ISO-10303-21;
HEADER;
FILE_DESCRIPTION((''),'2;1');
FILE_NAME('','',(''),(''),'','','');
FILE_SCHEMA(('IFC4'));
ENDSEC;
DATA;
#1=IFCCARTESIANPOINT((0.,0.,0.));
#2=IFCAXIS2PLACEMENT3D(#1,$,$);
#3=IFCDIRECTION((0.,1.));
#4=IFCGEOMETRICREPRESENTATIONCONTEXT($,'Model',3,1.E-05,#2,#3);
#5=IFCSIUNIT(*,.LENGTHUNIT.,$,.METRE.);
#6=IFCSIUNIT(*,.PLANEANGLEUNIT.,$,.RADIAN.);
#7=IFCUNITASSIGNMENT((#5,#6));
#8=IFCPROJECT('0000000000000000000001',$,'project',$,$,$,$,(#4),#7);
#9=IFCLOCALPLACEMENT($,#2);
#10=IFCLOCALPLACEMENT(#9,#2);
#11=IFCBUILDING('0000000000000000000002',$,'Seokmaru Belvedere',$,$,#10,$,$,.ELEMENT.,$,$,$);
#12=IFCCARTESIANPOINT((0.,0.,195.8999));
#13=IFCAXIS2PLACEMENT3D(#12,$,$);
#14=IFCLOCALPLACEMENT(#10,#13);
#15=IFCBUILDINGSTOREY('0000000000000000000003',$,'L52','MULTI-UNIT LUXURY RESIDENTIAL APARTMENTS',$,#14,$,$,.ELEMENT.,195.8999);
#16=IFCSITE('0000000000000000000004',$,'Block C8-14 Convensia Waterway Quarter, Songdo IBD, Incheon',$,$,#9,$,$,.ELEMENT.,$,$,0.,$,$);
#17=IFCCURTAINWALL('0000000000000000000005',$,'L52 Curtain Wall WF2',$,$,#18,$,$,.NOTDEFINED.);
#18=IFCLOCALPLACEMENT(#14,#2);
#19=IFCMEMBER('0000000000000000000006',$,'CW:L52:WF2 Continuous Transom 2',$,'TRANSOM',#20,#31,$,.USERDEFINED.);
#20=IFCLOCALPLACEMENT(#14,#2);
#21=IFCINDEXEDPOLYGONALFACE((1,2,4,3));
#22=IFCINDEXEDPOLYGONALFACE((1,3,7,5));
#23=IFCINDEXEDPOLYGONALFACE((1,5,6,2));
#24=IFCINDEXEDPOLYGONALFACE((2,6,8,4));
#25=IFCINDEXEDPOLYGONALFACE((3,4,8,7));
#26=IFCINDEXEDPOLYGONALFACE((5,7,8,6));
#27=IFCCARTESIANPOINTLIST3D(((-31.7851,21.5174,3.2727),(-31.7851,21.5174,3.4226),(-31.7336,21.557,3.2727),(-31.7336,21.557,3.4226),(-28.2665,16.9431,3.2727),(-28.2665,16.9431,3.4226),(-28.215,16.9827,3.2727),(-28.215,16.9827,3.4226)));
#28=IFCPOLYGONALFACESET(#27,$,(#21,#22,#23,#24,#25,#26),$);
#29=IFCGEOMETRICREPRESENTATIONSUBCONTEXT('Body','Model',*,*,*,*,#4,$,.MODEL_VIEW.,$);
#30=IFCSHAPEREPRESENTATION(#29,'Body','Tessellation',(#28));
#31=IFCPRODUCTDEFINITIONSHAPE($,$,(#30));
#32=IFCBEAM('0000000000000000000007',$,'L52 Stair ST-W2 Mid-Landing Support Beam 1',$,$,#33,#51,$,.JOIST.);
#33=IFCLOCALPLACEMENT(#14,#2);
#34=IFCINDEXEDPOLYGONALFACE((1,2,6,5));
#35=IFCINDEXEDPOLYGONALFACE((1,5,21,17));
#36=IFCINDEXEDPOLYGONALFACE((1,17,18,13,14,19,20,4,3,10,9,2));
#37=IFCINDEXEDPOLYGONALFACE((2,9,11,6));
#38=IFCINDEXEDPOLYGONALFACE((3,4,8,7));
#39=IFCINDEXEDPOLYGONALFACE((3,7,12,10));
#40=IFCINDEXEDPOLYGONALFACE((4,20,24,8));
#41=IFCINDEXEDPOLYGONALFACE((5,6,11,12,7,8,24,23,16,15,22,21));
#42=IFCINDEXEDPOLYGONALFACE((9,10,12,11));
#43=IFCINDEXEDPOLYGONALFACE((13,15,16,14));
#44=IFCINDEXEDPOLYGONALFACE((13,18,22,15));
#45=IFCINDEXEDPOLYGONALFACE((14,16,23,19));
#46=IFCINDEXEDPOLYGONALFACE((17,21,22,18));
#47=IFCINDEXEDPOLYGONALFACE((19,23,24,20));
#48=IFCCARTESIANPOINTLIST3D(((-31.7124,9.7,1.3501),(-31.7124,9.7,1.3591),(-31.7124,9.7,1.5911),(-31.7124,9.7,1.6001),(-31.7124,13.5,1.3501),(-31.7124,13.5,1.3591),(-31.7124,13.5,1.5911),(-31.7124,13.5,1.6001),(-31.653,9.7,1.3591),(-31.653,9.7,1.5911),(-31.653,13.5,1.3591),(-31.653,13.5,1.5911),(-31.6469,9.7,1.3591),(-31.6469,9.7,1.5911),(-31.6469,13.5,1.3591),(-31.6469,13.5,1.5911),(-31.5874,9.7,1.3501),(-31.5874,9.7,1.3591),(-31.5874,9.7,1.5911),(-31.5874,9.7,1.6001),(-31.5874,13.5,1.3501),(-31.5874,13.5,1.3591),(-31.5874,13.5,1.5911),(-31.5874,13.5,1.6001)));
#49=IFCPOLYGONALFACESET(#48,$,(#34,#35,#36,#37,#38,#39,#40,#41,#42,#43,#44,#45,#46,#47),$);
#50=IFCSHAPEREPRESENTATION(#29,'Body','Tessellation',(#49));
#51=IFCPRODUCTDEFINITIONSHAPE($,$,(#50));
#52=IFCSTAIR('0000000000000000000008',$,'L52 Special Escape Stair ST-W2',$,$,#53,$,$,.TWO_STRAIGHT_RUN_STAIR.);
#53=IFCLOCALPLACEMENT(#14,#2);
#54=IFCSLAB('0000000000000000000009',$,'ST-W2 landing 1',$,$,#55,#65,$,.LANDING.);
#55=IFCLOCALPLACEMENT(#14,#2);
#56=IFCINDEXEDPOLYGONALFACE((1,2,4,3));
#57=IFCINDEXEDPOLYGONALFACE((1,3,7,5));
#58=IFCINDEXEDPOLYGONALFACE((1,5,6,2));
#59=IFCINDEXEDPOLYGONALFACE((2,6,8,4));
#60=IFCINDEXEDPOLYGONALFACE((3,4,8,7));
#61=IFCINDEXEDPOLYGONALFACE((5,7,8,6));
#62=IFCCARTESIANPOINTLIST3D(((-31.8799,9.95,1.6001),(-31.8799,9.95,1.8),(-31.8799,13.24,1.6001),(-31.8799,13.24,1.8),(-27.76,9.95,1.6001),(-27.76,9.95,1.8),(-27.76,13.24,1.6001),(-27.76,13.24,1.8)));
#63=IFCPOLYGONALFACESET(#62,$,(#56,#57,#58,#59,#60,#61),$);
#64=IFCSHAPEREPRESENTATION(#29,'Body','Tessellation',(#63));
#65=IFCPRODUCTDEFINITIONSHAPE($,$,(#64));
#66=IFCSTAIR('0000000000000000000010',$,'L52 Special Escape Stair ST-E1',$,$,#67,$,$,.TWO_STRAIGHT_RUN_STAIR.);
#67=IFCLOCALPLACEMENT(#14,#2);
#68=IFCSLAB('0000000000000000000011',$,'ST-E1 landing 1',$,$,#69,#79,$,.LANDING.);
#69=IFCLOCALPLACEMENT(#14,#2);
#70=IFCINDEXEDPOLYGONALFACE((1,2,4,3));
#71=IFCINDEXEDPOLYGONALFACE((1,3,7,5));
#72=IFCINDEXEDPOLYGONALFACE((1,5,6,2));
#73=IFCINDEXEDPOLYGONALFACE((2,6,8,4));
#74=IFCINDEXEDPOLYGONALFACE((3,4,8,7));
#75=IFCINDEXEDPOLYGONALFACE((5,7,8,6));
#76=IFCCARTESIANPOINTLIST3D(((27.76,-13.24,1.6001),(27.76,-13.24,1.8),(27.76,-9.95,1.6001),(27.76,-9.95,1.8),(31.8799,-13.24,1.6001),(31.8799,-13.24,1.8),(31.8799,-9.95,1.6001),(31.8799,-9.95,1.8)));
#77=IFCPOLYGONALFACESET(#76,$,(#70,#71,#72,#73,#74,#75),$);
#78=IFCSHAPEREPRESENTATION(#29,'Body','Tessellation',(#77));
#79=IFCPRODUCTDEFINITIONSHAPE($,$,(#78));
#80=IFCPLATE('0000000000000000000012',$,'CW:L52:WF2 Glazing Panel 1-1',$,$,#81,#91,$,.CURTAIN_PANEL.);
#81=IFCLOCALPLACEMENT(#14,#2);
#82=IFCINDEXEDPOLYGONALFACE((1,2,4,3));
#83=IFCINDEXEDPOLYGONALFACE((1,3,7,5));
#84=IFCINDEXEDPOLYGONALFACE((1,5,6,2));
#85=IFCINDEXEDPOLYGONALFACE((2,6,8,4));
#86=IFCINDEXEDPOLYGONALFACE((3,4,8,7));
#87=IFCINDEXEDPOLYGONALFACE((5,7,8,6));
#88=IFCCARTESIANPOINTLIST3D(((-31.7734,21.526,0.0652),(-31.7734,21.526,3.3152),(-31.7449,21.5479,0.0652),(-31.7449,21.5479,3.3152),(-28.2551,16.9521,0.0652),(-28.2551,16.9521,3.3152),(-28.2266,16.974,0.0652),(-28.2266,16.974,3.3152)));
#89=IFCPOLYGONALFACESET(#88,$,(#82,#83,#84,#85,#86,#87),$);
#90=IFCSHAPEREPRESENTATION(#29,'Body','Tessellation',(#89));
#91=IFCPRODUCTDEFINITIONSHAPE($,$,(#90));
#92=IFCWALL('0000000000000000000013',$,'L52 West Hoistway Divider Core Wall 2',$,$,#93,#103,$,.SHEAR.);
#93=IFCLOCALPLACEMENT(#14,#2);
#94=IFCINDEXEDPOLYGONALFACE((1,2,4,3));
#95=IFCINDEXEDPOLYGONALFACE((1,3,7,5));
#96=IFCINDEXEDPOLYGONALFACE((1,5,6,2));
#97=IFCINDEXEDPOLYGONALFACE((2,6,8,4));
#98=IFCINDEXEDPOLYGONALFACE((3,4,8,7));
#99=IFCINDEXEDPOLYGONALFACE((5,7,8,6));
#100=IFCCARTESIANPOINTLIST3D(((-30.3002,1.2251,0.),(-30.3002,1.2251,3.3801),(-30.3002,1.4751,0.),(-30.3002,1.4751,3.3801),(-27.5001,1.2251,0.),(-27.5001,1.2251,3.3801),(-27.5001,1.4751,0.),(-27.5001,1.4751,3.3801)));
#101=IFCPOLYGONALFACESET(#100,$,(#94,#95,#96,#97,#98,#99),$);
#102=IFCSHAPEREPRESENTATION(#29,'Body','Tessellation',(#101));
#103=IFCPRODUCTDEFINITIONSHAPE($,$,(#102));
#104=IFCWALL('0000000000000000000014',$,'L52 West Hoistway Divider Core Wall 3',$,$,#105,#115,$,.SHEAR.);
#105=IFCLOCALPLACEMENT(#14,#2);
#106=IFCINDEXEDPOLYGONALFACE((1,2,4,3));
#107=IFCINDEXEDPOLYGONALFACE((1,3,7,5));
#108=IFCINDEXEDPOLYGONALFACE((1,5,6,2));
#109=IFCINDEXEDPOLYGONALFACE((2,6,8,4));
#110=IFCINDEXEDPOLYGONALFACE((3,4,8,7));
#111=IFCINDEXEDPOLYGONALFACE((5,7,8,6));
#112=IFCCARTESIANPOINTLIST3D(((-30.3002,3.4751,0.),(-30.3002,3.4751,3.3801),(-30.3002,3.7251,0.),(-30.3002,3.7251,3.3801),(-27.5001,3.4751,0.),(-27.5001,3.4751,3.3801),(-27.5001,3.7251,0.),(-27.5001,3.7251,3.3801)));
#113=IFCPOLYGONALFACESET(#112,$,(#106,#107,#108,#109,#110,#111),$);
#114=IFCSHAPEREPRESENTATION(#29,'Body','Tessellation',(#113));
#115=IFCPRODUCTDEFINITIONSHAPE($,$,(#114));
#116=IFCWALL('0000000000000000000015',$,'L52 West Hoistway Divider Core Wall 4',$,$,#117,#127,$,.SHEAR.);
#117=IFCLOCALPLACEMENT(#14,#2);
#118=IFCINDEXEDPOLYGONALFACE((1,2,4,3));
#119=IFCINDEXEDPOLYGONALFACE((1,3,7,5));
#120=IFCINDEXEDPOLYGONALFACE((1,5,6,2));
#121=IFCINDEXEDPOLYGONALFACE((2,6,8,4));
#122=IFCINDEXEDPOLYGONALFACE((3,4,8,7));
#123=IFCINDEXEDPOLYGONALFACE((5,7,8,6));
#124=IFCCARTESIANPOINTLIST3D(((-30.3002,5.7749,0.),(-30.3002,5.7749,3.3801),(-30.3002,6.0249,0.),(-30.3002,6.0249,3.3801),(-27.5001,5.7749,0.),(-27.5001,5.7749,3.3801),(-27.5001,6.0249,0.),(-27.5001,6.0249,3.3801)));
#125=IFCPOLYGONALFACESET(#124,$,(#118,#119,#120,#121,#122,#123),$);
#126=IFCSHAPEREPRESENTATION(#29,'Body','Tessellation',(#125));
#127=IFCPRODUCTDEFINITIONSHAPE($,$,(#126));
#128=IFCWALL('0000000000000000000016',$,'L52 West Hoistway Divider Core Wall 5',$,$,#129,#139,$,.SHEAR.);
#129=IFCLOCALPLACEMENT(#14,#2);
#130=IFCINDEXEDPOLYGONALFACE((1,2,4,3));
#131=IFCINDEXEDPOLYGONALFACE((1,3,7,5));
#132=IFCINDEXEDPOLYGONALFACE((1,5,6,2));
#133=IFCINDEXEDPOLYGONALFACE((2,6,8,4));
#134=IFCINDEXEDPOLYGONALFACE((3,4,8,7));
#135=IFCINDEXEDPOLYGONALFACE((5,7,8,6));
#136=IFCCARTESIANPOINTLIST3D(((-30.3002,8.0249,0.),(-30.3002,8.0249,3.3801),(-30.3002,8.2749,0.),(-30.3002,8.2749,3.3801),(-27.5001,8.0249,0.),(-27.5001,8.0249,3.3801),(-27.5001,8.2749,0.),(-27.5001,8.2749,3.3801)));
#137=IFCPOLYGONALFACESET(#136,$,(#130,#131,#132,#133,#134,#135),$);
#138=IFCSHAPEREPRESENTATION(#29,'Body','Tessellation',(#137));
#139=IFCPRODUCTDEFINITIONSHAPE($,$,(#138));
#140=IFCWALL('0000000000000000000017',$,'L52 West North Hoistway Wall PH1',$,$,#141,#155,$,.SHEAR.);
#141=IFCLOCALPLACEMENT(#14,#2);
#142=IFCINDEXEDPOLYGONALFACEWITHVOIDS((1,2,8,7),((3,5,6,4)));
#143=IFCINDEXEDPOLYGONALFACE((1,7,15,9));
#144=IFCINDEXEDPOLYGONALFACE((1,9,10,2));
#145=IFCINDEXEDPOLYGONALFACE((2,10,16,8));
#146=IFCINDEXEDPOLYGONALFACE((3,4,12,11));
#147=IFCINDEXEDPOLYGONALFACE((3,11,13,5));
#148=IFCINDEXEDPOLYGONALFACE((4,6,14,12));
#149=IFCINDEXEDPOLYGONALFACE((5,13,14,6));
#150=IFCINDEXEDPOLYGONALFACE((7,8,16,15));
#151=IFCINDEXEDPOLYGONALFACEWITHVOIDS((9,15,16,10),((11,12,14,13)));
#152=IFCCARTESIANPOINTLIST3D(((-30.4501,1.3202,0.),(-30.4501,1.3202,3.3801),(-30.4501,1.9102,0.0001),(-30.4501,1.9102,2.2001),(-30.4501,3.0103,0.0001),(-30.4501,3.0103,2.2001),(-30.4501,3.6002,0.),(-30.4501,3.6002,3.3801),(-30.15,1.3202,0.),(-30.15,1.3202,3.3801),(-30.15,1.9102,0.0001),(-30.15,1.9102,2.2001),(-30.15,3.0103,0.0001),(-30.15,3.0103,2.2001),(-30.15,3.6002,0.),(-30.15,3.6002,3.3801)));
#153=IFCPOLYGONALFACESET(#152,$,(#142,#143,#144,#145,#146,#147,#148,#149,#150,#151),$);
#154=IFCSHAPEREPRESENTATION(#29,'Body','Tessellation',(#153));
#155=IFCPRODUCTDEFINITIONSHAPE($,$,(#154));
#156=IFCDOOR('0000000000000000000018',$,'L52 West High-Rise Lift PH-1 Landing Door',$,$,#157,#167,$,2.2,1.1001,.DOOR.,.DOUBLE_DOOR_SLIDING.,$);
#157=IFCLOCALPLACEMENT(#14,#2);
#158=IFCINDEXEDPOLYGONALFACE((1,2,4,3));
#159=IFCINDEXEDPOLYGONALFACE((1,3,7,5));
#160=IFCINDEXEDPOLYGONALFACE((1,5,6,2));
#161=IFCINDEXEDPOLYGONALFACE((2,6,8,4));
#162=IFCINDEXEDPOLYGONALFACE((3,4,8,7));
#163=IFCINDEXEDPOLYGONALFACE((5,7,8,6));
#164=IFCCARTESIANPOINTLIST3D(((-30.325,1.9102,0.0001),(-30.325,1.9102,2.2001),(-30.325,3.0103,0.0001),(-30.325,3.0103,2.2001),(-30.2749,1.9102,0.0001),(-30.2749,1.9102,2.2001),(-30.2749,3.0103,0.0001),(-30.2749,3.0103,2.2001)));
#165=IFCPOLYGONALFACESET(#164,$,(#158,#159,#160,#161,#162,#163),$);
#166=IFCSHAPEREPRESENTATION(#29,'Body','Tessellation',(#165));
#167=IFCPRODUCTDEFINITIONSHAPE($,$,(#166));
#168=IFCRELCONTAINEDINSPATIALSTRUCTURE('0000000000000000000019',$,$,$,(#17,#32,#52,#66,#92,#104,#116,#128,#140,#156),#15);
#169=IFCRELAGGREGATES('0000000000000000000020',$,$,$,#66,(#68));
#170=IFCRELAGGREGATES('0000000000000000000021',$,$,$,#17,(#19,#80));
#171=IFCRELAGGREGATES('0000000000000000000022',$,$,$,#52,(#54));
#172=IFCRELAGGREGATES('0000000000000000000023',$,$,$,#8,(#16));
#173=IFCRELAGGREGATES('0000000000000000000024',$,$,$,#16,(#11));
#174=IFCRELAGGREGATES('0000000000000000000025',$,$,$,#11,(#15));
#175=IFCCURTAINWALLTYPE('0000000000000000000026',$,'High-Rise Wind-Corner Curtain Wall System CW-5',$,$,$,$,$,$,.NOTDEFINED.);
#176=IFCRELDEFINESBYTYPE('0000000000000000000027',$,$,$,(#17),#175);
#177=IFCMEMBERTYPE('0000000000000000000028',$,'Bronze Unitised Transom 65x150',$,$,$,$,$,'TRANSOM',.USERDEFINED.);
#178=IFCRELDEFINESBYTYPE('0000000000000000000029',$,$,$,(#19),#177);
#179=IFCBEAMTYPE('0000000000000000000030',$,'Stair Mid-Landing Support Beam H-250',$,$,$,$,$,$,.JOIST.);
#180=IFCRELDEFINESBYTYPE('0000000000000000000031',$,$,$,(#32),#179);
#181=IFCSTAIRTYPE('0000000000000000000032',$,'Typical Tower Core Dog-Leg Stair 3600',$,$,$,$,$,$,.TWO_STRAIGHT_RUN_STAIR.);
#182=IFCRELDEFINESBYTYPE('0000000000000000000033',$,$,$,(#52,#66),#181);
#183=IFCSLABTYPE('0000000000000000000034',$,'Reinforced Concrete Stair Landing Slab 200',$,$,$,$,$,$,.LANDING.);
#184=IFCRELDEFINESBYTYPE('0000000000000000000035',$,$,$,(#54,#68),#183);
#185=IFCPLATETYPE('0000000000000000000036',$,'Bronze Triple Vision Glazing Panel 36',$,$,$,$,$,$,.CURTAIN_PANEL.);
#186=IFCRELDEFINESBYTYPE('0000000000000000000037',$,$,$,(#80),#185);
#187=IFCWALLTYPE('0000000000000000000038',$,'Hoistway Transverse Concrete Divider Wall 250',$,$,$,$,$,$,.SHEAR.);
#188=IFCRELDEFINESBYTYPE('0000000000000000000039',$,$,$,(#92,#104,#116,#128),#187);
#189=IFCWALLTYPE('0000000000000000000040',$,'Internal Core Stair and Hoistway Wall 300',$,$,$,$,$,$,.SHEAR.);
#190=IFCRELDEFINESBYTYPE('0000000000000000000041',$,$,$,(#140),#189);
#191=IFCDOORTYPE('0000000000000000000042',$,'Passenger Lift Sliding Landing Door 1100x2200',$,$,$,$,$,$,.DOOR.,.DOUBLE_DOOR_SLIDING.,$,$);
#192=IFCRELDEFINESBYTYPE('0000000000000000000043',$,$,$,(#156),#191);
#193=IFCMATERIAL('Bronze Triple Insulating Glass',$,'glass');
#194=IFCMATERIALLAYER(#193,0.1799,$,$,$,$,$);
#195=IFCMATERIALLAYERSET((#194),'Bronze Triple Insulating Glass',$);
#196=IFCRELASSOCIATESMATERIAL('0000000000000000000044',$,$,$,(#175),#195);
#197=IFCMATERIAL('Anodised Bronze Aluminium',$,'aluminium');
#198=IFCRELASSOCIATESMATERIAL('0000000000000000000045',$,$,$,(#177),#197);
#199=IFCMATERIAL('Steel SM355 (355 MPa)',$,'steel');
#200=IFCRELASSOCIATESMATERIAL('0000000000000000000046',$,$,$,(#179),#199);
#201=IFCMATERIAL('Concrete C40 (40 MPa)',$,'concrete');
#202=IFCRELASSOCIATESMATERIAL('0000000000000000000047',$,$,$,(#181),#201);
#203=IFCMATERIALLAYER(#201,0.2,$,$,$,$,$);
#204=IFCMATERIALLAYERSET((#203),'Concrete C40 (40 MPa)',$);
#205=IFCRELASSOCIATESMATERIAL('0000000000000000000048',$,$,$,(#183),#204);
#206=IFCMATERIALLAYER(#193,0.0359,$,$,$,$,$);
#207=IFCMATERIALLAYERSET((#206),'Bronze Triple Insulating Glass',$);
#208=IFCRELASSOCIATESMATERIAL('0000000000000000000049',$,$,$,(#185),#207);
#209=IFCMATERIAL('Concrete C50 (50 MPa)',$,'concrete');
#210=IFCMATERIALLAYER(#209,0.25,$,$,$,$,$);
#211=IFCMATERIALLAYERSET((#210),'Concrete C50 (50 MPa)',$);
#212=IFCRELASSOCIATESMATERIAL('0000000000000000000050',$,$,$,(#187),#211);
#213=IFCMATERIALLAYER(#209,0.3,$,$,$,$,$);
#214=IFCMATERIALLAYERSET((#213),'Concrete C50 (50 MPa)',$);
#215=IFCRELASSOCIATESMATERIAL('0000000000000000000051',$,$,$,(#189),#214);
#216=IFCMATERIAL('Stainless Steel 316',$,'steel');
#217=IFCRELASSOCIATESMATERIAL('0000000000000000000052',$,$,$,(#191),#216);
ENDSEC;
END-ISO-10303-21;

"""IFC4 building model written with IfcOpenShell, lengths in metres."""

from ifc_helpers import new_model, si_unit, direction, frame, frame_2d, origin, origin_2d, place, context, subcontext, project, spatial, polyline, rectangle, i_section, outline, extrude, source, transform, mapped, material, layer, layer_set, material_profile, profile_set, type_object, type_shapes, element, fill, aggregate, save


model = new_model("IFC4")

# Units and contexts
model_context = context("Model", 3, precision=1e-05, world=origin(), true_north=direction((0.0, 1.0)))
body_context = subcontext(model_context, "Body", "Model", "MODEL_VIEW")
ifc_project = project(units=[si_unit("LENGTHUNIT", "METRE"), si_unit("PLANEANGLEUNIT", "RADIAN")], contexts=[model_context])

# Site, building, storey
site_placement = place(None, origin())
site = spatial("IfcSite", under=ifc_project, at=site_placement, Name="Block C8-14 Convensia Waterway Quarter, Songdo IBD, Incheon", CompositionType="ELEMENT", RefElevation=0.0)
building_placement = place(site_placement, origin())
building = spatial("IfcBuilding", under=site, at=building_placement, Name="Seokmaru Belvedere", CompositionType="ELEMENT")
storey_placement = place(building_placement, frame((0.0, 0.0, 195.8999)))
storey = spatial("IfcBuildingStorey", under=building, at=storey_placement, Name="L52", Description="MULTI-UNIT LUXURY RESIDENTIAL APARTMENTS", CompositionType="ELEMENT", Elevation=195.8999)

# Shared definitions
ifc_material_1 = material(Name="Steel SM355 (355 MPa)", Category="steel")

# Curtain wall, member
ifc_material_2 = material(Name="Bronze Triple Insulating Glass", Category="glass")
ifc_layer_1 = layer(ifc_material_2, 0.1799)
ifc_layer_set_1 = layer_set([ifc_layer_1], Name="Bronze Triple Insulating Glass")
curtain_wall_type = type_object("IfcCurtainWallType", Name="High-Rise Wind-Corner Curtain Wall System CW-5", PredefinedType="NOTDEFINED", material=ifc_layer_set_1)
curtain_wall_placement = place(storey_placement, origin())
curtain_wall = element("IfcCurtainWall", 1, at=curtain_wall_placement, inside=storey, type_object=curtain_wall_type, Name="L52 Curtain Wall WF2", PredefinedType="NOTDEFINED")
ifc_material_3 = material(Name="Anodised Bronze Aluminium", Category="aluminium")
ifc_material_profile_1 = material_profile(ifc_material_3, rectangle(XDim=0.0649, YDim=0.1499, at=origin_2d()), Name="CW-T-65x150")
ifc_profile_set_1 = profile_set([ifc_material_profile_1], Name="Anodised Bronze Aluminium")
member_type_1 = type_object("IfcMemberType", Name="Bronze Unitised Transom 65x150", ElementType="TRANSOM", PredefinedType="USERDEFINED", material=ifc_profile_set_1)
shared_shape_1 = source(origin(), body_context, "Body", "SweptSolid", [
    extrude(rectangle(XDim=0.0649, YDim=0.1499, at=origin_2d()), origin(), (0.0, 0.0, 1.0), 5.771),
])
type_shapes(member_type_1, [shared_shape_1])
member_1_placement = place(storey_placement, frame((-28.2407, 16.9629, 3.3477), z_axis=(-0.609703, 0.79263, 0.0), x_axis=(-0.79263, -0.609703, 0.0)))
member_1 = element("IfcMember", 2, at=member_1_placement, type_object=member_type_1, Name="CW:L52:WF2 Continuous Transom 2", ObjectType="TRANSOM", PredefinedType="USERDEFINED", context=body_context, shape_type="MappedRepresentation", body=[
    mapped(shared_shape_1, transform((0.0, 0.0, 0.0), scale=1.0)),
])

# Beam
ifc_material_profile_2 = material_profile(ifc_material_1, i_section(OverallWidth=0.125, OverallDepth=0.25, WebThickness=0.0061, FlangeThickness=0.009, at=origin_2d()), Name="H-250x125x6x9")
ifc_profile_set_2 = profile_set([ifc_material_profile_2], Name="Steel SM355 (355 MPa)")
beam_type_1 = type_object("IfcBeamType", Name="Stair Mid-Landing Support Beam H-250", PredefinedType="JOIST", material=ifc_profile_set_2)
shared_shape_2 = source(origin(), body_context, "Body", "SweptSolid", [
    extrude(i_section(OverallWidth=0.125, OverallDepth=0.25, WebThickness=0.0061, FlangeThickness=0.009, at=origin_2d()), origin(), (0.0, 0.0, 1.0), 3.8),
])
type_shapes(beam_type_1, [shared_shape_2])
beam_1_placement = place(storey_placement, frame((-31.6499, 9.7, 1.4751), z_axis=(0.0, 1.0, 0.0), x_axis=(-1.0, 0.0, 0.0)))
element("IfcBeam", 3, at=beam_1_placement, inside=storey, type_object=beam_type_1, Name="L52 Stair ST-W2 Mid-Landing Support Beam 1", PredefinedType="JOIST", context=body_context, shape_type="MappedRepresentation", body=[
    mapped(shared_shape_2, transform((0.0, 0.0, 0.0), scale=1.0)),
])

# Stairs, slabs
ifc_material_4 = material(Name="Concrete C40 (40 MPa)", Category="concrete")
stair_type = type_object("IfcStairType", Name="Typical Tower Core Dog-Leg Stair 3600", PredefinedType="TWO_STRAIGHT_RUN_STAIR", material=ifc_material_4)
stair_1_placement = place(storey_placement, origin())
stair_1 = element("IfcStair", 4, at=stair_1_placement, inside=storey, type_object=stair_type, Name="L52 Special Escape Stair ST-W2", PredefinedType="TWO_STRAIGHT_RUN_STAIR")
ifc_layer_2 = layer(ifc_material_4, 0.2)
ifc_layer_set_2 = layer_set([ifc_layer_2], Name="Concrete C40 (40 MPa)")
slab_type = type_object("IfcSlabType", Name="Reinforced Concrete Stair Landing Slab 200", PredefinedType="LANDING", material=ifc_layer_set_2)
slab_1_placement = place(storey_placement, frame((0.0, 0.0, 1.6001)))
slab_1 = element("IfcSlab", 5, at=slab_1_placement, type_object=slab_type, Name="ST-W2 landing 1", PredefinedType="LANDING", context=body_context, shape_type="SweptSolid", body=[
    extrude(outline(polyline([(-31.8799, 9.95), (-27.76, 9.95), (-27.76, 13.24), (-31.8799, 13.24), (-31.8799, 9.95)])), origin(), (0.0, 0.0, 1.0), 0.2),
])
stair_2_placement = place(storey_placement, origin())
stair_2 = element("IfcStair", 6, at=stair_2_placement, inside=storey, type_object=stair_type, Name="L52 Special Escape Stair ST-E1", PredefinedType="TWO_STRAIGHT_RUN_STAIR")
slab_2_placement = place(storey_placement, frame((0.0, 0.0, 1.6001)))
slab_2 = element("IfcSlab", 7, at=slab_2_placement, type_object=slab_type, Name="ST-E1 landing 1", PredefinedType="LANDING", context=body_context, shape_type="SweptSolid", body=[
    extrude(outline(polyline([(27.76, -13.24), (31.8799, -13.24), (31.8799, -9.95), (27.76, -9.95), (27.76, -13.24)])), origin(), (0.0, 0.0, 1.0), 0.2),
])
aggregate(stair_2, [slab_2])

# Plate
ifc_layer_3 = layer(ifc_material_2, 0.0359)
ifc_layer_set_3 = layer_set([ifc_layer_3], Name="Bronze Triple Insulating Glass")
plate_type = type_object("IfcPlateType", Name="Bronze Triple Vision Glazing Panel 36", PredefinedType="CURTAIN_PANEL", material=ifc_layer_set_3)
shared_shape_3 = source(origin(), body_context, "Body", "SweptSolid", [
    extrude(rectangle(XDim=5.7705, YDim=0.0359, at=origin_2d()), origin(), (0.0, 0.0, 1.0), 3.25),
])
type_shapes(plate_type, [shared_shape_3])
plate_placement = place(storey_placement, frame((-30.0, 19.25, 0.0652), z_axis=(0.0, 0.0, 1.0), x_axis=(-0.609701, 0.792631, 0.0)))
plate = element("IfcPlate", 8, at=plate_placement, type_object=plate_type, Name="CW:L52:WF2 Glazing Panel 1-1", PredefinedType="CURTAIN_PANEL", context=body_context, shape_type="MappedRepresentation", body=[
    mapped(shared_shape_3, transform((0.0, 0.0, 0.0), scale=1.0)),
])
aggregate(curtain_wall, [member_1, plate])

# Walls
ifc_material_5 = material(Name="Concrete C50 (50 MPa)", Category="concrete")
ifc_layer_4 = layer(ifc_material_5, 0.25)
ifc_layer_set_4 = layer_set([ifc_layer_4], Name="Concrete C50 (50 MPa)")
wall_type_1 = type_object("IfcWallType", Name="Hoistway Transverse Concrete Divider Wall 250", PredefinedType="SHEAR", material=ifc_layer_set_4)
for number, where, z_axis, x_axis, name in (
    (9, (-30.3, 1.3501, 0.0), (0.0, 0.0, 1.0), (1.0, 0.0, 0.0), "L52 West Hoistway Divider Core Wall 2"),
    (10, (-30.3, 3.6001, 0.0), (0.0, 0.0, 1.0), (1.0, 0.0, 0.0), "L52 West Hoistway Divider Core Wall 3"),
    (11, (-30.3, 5.8999, 0.0), (0.0, 0.0, 1.0), (1.0, 0.0, 0.0), "L52 West Hoistway Divider Core Wall 4"),
    (12, (-30.3, 8.1499, 0.0), (0.0, 0.0, 1.0), (1.0, 0.0, 0.0), "L52 West Hoistway Divider Core Wall 5"),
):
    element("IfcWall", number, at=place(storey_placement, frame(where, z_axis=z_axis, x_axis=x_axis)), inside=storey, type_object=wall_type_1, Name=name, PredefinedType="SHEAR", context=body_context, shape_type="SweptSolid", body=[
        extrude(rectangle(XDim=2.8, YDim=0.25, at=frame_2d((1.3999, 0.0))), origin(), (0.0, 0.0, 1.0), 3.3801),
    ])

# Wall, opening, door
ifc_layer_5 = layer(ifc_material_5, 0.3)
ifc_layer_set_5 = layer_set([ifc_layer_5], Name="Concrete C50 (50 MPa)")
wall_type_2 = type_object("IfcWallType", Name="Internal Core Stair and Hoistway Wall 300", PredefinedType="SHEAR", material=ifc_layer_set_5)
wall_1_placement = place(storey_placement, frame((-30.3, 1.3201, 0.0), z_axis=(0.0, 0.0, 1.0), x_axis=(0.0, 1.0, 0.0)))
wall_1 = element("IfcWall", 13, at=wall_1_placement, inside=storey, type_object=wall_type_2, Name="L52 West North Hoistway Wall PH1", PredefinedType="SHEAR", context=body_context, shape_type="SweptSolid", body=[
    extrude(rectangle(XDim=2.28, YDim=0.3, at=frame_2d((1.1401, 0.0))), origin(), (0.0, 0.0, 1.0), 3.3801),
])
opening_1_placement = place(wall_1_placement, frame((0.5901, 0.0, 0.0)))
opening_1 = element("IfcOpeningElement", 14, at=opening_1_placement, cuts=wall_1, PredefinedType="OPENING", context=body_context, shape_type="SweptSolid", body=[
    extrude(rectangle(XDim=1.1001, YDim=2.2, at=frame_2d((0.55, 1.1001))), frame((0.0, 0.1602, 0.0), z_axis=(0.0, -1.0, 0.0), x_axis=(1.0, 0.0, 0.0)), (0.0, 0.0, 1.0), 0.3201),
])
ifc_material_6 = material(Name="Stainless Steel 316", Category="steel")
door_type_1 = type_object("IfcDoorType", Name="Passenger Lift Sliding Landing Door 1100x2200", OperationType="DOUBLE_DOOR_SLIDING", PredefinedType="DOOR", material=ifc_material_6)
shared_shape_4 = source(origin(), body_context, "Body", "SweptSolid", [
    extrude(rectangle(XDim=1.1001, YDim=2.2, at=frame_2d((0.55, 1.1001))), frame((0.0, 0.0249, 0.0), z_axis=(0.0, -1.0, 0.0), x_axis=(1.0, 0.0, 0.0)), (0.0, 0.0, 1.0), 0.05),
])
type_shapes(door_type_1, [shared_shape_4])
door_1_placement = place(opening_1_placement, origin())
door_1 = element("IfcDoor", 15, at=door_1_placement, inside=storey, type_object=door_type_1, Name="L52 West High-Rise Lift PH-1 Landing Door", OperationType="DOUBLE_DOOR_SLIDING", OverallHeight=2.2, OverallWidth=1.1001, PredefinedType="DOOR", context=body_context, shape_type="MappedRepresentation", body=[
    mapped(shared_shape_4, transform((0.0, 0.0, 0.0), scale=1.0)),
])
fill(opening_1, door_1)

aggregate(stair_1, [slab_1])

save(model, "model.ifc")
